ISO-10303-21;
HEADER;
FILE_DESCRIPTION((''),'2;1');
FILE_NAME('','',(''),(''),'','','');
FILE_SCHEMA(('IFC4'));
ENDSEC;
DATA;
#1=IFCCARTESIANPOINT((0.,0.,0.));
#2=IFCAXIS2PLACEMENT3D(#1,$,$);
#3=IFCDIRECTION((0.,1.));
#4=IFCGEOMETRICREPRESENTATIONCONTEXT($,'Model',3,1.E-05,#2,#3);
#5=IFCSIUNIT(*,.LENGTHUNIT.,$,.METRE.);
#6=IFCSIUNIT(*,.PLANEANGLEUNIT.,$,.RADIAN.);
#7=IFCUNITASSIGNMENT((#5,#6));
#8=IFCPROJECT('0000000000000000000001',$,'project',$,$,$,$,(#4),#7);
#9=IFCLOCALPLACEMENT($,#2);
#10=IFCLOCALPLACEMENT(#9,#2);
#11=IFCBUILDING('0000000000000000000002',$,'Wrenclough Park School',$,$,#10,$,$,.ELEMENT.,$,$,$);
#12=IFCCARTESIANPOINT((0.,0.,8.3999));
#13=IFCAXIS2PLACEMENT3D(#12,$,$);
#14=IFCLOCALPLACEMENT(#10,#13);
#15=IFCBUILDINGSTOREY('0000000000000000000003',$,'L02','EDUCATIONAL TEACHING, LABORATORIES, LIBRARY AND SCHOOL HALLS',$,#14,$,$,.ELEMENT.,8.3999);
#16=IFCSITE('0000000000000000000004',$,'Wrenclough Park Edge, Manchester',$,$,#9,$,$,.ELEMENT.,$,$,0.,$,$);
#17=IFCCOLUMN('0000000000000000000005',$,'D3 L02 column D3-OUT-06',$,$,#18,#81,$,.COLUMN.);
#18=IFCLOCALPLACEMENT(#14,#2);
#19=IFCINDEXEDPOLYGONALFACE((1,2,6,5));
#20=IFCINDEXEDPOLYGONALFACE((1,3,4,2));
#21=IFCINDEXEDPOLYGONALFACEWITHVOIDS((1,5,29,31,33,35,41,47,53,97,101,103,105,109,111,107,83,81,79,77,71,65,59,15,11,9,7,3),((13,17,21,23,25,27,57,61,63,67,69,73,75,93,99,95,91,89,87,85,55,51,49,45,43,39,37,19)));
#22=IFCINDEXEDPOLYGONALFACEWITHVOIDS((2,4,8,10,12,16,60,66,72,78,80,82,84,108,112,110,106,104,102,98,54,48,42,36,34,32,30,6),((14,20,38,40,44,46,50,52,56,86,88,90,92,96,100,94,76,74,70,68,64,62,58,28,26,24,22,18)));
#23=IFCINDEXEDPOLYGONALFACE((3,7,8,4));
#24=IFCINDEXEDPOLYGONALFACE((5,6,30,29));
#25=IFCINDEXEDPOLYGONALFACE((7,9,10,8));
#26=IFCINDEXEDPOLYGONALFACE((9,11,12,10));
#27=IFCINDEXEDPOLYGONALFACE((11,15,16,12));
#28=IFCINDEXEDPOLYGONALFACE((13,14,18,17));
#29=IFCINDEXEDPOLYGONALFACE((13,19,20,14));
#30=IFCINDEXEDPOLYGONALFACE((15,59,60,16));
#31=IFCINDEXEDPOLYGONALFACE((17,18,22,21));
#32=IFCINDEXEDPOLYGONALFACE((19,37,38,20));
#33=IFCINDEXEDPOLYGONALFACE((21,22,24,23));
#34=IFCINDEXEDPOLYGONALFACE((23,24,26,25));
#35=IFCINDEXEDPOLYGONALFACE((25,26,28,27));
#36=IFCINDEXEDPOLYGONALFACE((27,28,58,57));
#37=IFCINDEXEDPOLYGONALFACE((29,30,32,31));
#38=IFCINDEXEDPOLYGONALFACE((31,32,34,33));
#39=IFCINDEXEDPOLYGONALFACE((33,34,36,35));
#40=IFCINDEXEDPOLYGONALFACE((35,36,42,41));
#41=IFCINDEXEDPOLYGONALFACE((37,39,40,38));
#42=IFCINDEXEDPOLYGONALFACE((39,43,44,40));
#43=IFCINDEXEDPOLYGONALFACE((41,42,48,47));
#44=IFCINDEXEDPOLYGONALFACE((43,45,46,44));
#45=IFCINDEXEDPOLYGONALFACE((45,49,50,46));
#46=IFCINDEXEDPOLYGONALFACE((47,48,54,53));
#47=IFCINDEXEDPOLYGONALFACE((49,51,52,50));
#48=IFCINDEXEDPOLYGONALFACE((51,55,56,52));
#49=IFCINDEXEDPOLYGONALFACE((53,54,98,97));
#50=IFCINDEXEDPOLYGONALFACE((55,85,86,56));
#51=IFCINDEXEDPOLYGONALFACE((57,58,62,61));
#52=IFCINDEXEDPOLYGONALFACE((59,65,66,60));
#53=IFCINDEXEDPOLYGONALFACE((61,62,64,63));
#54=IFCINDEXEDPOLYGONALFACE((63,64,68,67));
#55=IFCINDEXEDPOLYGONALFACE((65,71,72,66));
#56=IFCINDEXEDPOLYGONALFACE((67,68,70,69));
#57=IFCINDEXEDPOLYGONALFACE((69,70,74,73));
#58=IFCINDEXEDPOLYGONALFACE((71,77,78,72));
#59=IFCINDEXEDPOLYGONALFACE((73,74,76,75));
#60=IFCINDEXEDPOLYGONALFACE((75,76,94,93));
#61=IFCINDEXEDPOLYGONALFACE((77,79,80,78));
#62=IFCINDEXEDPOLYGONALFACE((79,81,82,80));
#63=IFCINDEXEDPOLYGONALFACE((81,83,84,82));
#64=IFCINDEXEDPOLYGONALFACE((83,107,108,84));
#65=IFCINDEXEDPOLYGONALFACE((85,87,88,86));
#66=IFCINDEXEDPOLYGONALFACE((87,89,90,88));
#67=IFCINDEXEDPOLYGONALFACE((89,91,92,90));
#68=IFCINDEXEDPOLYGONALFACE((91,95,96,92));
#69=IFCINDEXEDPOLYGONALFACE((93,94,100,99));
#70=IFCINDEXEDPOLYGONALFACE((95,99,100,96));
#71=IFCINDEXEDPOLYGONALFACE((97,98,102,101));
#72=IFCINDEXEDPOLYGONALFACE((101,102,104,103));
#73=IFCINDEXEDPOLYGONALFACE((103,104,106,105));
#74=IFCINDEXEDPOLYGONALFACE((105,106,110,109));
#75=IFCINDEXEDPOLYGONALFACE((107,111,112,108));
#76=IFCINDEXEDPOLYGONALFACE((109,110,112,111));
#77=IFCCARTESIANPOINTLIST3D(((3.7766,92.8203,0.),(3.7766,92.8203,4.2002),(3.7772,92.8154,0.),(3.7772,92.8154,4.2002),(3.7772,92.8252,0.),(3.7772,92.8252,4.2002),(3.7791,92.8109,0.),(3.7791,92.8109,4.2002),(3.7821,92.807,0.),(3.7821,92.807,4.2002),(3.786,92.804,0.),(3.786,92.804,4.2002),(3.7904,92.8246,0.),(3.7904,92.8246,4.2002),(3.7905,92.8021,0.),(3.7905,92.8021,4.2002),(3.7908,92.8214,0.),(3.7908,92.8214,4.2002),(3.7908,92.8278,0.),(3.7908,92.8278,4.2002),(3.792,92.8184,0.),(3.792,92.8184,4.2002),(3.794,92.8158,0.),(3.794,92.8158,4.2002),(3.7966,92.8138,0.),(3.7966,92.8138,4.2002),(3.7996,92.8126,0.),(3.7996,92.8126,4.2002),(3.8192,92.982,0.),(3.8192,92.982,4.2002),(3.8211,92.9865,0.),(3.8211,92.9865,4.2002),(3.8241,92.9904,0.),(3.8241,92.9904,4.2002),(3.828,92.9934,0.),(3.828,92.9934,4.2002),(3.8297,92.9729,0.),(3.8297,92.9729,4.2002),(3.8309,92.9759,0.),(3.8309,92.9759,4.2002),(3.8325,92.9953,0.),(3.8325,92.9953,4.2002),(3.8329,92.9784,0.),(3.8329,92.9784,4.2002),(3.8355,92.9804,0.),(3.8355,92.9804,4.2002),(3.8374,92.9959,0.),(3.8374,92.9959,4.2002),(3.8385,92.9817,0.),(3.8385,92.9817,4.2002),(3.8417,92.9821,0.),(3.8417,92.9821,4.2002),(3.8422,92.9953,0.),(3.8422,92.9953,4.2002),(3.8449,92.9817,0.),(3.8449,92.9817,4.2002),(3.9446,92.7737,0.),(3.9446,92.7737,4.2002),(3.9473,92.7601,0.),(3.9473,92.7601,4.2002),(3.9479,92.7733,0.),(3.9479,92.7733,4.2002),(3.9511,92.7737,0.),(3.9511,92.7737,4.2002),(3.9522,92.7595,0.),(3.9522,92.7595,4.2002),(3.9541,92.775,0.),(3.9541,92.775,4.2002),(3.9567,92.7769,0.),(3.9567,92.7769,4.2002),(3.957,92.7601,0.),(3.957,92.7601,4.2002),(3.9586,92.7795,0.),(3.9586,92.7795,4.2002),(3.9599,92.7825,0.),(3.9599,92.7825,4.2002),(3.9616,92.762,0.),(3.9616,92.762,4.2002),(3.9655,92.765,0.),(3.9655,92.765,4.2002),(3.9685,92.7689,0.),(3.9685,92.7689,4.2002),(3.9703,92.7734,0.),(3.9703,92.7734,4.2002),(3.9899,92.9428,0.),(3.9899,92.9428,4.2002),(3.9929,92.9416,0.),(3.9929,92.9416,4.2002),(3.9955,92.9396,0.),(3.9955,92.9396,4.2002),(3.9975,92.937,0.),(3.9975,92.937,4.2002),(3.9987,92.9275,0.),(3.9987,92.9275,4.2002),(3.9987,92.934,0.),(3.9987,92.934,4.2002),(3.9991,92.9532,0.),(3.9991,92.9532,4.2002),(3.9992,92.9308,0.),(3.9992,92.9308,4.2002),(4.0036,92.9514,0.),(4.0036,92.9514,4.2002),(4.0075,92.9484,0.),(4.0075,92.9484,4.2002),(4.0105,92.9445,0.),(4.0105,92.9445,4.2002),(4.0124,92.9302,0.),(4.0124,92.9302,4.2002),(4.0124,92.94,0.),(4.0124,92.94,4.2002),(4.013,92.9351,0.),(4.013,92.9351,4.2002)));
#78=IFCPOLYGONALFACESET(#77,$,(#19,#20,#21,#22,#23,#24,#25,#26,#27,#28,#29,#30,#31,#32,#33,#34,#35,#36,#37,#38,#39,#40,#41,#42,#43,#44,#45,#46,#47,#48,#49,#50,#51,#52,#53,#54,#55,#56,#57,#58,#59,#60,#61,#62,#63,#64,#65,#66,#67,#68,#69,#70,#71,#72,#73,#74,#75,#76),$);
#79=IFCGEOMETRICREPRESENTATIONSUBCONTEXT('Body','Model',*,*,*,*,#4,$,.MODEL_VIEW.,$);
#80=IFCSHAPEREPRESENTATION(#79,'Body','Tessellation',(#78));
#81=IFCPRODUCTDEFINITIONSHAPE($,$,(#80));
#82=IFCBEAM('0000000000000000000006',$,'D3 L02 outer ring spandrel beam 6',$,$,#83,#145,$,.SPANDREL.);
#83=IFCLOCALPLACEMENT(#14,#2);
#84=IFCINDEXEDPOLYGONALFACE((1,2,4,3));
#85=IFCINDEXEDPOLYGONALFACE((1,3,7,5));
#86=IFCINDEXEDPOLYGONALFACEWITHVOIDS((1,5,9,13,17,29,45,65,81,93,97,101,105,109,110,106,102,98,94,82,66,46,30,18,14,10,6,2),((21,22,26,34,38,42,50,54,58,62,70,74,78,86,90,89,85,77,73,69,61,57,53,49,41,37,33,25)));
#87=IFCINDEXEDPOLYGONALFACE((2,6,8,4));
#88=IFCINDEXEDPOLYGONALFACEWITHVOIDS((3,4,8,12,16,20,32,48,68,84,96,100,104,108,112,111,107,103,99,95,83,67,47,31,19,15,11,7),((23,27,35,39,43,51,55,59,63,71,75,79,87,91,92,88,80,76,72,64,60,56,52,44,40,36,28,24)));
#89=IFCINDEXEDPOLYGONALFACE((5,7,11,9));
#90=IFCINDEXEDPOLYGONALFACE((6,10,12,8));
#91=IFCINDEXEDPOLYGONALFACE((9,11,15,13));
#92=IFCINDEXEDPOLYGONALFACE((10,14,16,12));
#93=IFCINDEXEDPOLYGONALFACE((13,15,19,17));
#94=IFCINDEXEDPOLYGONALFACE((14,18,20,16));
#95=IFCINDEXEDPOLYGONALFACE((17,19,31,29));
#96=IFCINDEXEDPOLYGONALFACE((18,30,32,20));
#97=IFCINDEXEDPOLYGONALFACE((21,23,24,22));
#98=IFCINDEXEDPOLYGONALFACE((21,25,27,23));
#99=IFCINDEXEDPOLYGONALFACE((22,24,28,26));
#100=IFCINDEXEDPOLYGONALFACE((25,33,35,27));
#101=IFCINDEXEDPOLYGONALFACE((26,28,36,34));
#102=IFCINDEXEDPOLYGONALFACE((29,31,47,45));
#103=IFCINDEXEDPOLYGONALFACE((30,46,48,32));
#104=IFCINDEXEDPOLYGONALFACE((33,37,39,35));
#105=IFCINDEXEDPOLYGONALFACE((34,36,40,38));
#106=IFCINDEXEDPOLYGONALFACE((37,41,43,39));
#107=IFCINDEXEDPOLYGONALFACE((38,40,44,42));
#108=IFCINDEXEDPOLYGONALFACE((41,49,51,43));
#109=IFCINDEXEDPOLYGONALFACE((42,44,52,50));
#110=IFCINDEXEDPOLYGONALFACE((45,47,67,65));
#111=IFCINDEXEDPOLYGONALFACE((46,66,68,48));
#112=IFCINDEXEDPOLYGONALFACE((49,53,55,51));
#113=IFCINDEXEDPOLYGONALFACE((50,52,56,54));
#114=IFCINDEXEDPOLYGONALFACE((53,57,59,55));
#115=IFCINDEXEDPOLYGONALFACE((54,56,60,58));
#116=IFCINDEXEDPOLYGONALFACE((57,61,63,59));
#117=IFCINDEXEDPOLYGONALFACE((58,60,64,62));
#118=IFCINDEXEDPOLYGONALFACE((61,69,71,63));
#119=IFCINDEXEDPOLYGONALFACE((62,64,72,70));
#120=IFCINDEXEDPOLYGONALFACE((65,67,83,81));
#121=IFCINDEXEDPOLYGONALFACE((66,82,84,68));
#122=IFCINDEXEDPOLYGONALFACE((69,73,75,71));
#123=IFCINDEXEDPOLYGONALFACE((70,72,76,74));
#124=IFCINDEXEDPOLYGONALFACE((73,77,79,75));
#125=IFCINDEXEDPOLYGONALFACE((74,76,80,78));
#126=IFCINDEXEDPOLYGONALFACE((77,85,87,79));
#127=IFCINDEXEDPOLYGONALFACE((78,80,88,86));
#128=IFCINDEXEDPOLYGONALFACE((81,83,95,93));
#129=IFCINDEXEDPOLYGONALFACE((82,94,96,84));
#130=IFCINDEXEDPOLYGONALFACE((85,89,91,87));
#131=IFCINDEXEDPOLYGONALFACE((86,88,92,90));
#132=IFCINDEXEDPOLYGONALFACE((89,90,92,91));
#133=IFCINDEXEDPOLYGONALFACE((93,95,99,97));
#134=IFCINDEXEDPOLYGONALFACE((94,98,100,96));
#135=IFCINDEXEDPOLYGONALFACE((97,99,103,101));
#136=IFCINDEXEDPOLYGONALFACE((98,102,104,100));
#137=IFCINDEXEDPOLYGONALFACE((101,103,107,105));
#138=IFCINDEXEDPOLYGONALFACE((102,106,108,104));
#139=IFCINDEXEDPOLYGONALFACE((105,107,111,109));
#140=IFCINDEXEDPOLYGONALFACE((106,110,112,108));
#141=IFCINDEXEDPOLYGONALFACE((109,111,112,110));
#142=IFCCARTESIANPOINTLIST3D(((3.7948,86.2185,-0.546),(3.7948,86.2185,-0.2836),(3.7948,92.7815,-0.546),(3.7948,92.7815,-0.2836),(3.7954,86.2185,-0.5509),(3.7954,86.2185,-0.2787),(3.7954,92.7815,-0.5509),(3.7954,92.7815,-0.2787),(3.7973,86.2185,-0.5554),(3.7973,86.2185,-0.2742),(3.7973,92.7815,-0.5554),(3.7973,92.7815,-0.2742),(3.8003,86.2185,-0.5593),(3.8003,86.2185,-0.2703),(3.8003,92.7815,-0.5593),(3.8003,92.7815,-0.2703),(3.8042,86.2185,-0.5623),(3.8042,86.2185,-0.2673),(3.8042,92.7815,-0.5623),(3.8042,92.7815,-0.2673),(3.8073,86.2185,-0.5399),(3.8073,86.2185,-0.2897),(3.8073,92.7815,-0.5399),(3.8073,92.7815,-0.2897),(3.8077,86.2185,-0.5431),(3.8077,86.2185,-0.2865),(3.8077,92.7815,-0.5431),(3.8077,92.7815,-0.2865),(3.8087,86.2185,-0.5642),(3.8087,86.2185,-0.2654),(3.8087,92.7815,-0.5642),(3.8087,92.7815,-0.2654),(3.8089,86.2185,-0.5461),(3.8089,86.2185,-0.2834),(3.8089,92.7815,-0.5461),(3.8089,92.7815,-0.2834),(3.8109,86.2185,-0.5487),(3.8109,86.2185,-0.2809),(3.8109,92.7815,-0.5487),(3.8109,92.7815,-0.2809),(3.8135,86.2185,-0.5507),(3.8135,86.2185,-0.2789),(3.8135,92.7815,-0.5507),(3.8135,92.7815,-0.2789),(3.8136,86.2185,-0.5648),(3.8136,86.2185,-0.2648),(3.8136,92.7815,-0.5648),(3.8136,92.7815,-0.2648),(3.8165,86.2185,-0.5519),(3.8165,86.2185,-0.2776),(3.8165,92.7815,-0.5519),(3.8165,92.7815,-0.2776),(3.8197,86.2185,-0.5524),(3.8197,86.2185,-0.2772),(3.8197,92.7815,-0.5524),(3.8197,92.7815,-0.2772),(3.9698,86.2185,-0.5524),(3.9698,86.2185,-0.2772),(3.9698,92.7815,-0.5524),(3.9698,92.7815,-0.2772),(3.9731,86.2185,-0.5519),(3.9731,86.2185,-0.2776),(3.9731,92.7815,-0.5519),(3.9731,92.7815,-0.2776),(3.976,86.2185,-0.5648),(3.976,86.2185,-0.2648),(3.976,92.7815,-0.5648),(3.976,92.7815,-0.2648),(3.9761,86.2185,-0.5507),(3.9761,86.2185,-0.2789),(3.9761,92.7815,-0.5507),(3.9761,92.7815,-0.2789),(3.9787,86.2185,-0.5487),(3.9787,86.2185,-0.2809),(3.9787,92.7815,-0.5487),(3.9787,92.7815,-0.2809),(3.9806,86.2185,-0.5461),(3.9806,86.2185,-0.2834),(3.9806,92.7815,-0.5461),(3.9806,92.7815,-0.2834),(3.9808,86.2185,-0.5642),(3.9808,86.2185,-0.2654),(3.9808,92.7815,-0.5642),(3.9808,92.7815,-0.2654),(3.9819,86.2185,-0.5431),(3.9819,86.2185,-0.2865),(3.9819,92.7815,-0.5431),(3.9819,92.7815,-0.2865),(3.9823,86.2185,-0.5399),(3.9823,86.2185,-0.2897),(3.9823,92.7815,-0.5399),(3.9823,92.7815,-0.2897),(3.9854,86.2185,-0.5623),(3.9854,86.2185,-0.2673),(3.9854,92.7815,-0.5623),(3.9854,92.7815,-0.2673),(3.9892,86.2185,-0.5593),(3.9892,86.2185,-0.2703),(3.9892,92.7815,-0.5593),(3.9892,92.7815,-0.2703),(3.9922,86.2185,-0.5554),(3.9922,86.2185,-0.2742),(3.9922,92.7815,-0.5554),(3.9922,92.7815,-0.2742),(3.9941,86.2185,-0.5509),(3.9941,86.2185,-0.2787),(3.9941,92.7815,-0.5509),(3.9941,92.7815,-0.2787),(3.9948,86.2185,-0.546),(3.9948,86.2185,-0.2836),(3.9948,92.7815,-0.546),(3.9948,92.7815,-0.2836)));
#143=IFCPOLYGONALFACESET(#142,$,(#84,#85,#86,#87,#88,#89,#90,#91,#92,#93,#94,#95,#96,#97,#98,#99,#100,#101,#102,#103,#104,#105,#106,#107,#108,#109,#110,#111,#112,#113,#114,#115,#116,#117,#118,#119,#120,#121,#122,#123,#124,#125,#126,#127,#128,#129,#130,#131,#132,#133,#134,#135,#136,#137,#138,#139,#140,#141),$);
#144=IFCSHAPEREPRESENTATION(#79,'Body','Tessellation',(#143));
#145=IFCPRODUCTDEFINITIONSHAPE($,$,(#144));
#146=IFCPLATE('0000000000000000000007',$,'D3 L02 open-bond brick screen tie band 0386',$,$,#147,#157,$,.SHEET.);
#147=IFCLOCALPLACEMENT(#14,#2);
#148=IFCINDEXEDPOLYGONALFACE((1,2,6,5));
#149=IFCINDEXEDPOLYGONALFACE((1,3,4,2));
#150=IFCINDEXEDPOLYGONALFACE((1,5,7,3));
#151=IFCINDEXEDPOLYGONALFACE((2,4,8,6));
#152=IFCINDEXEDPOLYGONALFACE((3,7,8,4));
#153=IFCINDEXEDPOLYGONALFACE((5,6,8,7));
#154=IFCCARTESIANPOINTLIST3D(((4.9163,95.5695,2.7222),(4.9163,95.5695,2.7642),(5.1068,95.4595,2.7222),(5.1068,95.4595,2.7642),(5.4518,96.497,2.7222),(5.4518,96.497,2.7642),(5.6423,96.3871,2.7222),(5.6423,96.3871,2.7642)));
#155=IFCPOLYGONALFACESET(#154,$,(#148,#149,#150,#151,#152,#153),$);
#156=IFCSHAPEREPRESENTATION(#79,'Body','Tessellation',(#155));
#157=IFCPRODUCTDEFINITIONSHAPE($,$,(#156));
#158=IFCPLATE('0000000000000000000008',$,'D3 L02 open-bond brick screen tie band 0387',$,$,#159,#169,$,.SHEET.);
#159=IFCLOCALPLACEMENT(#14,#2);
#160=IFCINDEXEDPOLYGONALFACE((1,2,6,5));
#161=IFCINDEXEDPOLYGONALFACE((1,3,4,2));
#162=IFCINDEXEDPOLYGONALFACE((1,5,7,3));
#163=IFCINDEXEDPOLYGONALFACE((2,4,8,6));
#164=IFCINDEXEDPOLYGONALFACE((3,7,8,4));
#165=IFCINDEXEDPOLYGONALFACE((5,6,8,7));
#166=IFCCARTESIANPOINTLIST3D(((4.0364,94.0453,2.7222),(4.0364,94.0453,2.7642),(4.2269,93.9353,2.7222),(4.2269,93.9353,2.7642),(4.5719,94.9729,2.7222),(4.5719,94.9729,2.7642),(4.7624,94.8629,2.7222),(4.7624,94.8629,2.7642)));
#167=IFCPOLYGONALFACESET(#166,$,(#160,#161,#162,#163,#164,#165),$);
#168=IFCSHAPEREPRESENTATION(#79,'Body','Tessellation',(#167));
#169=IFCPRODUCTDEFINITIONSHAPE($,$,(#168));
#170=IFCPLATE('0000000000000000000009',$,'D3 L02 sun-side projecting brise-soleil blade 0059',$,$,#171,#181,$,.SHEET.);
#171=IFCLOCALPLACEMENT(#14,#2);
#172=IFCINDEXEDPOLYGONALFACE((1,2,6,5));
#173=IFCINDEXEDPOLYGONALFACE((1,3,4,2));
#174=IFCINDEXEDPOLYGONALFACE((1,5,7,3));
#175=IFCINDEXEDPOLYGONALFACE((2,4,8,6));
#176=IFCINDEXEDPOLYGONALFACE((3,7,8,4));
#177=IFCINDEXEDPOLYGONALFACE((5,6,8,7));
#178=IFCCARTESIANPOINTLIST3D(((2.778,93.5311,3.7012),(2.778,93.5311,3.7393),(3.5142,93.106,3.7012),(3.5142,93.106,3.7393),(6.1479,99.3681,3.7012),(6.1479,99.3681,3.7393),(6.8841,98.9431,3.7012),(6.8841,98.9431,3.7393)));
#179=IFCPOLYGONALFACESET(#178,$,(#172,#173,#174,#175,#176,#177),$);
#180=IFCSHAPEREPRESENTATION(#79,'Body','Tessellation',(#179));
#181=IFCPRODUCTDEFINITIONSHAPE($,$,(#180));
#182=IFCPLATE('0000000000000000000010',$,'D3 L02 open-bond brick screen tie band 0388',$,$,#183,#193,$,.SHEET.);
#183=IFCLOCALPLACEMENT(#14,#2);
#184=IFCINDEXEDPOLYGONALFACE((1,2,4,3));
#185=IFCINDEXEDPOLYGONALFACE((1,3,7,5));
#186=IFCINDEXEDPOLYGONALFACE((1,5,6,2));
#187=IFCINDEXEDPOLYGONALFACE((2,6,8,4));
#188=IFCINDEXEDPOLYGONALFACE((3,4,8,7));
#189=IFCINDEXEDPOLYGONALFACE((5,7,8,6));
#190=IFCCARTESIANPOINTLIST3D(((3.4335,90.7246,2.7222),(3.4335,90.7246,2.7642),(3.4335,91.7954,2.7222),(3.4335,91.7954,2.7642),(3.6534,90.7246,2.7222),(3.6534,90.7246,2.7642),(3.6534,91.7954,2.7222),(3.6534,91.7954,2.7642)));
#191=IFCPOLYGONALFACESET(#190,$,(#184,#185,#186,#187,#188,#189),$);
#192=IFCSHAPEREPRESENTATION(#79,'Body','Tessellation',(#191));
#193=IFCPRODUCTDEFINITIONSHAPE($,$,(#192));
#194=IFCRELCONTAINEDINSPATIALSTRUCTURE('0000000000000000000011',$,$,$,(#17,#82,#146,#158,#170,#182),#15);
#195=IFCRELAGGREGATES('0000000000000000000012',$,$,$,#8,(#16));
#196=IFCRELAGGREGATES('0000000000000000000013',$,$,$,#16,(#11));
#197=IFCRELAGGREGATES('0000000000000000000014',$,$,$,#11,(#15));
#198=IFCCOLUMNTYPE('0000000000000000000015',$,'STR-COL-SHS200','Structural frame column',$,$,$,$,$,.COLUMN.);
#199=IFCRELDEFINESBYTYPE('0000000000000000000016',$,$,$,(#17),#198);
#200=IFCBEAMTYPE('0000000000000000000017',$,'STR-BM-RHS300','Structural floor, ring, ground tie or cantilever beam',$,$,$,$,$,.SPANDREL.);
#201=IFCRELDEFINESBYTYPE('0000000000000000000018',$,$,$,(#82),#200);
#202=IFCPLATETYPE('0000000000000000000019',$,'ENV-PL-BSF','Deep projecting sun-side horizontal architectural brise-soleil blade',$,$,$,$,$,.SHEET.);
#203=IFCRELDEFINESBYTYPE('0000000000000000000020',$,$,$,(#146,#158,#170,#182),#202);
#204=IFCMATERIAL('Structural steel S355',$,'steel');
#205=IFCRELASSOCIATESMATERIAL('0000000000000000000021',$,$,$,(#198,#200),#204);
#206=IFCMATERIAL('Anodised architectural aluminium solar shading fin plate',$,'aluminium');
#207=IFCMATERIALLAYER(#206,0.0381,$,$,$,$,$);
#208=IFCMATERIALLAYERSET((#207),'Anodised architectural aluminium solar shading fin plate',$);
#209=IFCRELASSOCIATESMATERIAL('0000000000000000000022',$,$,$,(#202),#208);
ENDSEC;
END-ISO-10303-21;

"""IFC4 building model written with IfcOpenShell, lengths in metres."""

from ifc_helpers import new_model, si_unit, direction, frame, origin, origin_2d, place, context, subcontext, project, spatial, rectangle, hollow_rectangle, extrude, material, layer, layer_set, material_profile, profile_set, type_object, element, save


model = new_model("IFC4")

# Units and contexts
model_context = context("Model", 3, precision=1e-05, world=origin(), true_north=direction((0.0, 1.0)))
body_context = subcontext(model_context, "Body", "Model", "MODEL_VIEW")
ifc_project = project(units=[si_unit("LENGTHUNIT", "METRE"), si_unit("PLANEANGLEUNIT", "RADIAN")], contexts=[model_context])

# Site, building, storey
site_placement = place(None, origin())
site = spatial("IfcSite", under=ifc_project, at=site_placement, Name="Wrenclough Park Edge, Manchester", CompositionType="ELEMENT", RefElevation=0.0)
building_placement = place(site_placement, origin())
building = spatial("IfcBuilding", under=site, at=building_placement, Name="Wrenclough Park School", CompositionType="ELEMENT")
storey_placement = place(building_placement, frame((0.0, 0.0, 8.3999)))
storey = spatial("IfcBuildingStorey", under=building, at=storey_placement, Name="L02", Description="EDUCATIONAL TEACHING, LABORATORIES, LIBRARY AND SCHOOL HALLS", CompositionType="ELEMENT", Elevation=8.3999)

# Column
ifc_material_1 = material(Name="Structural steel S355", Category="steel")
ifc_material_profile_1 = material_profile(ifc_material_1, hollow_rectangle(XDim=0.2, YDim=0.2, WallThickness=0.0125, InnerFilletRadius=0.0125, OuterFilletRadius=0.0188, at=origin_2d()), Name="SHS 200x200x12.5")
ifc_profile_set_1 = profile_set([ifc_material_profile_1], Name="Structural steel S355")
column_type = type_object("IfcColumnType", Name="STR-COL-SHS200", Description="Structural frame column", PredefinedType="COLUMN", material=ifc_profile_set_1)
column_placement = place(storey_placement, frame((3.8948, 92.8777, 0.0), z_axis=(0.0, 0.0, 1.0), x_axis=(-0.258819, -0.965926, 0.0)))
element("IfcColumn", 1, at=column_placement, inside=storey, type_object=column_type, Name="D3 L02 column D3-OUT-06", PredefinedType="COLUMN", context=body_context, shape_type="SweptSolid", body=[
    extrude(hollow_rectangle(XDim=0.2, YDim=0.2, WallThickness=0.0125, InnerFilletRadius=0.0125, OuterFilletRadius=0.0188, at=origin_2d()), origin(), (0.0, 0.0, 1.0), 4.2002),
])

# Beam
ifc_material_profile_2 = material_profile(ifc_material_1, hollow_rectangle(XDim=0.2, YDim=0.3, WallThickness=0.0125, InnerFilletRadius=0.0125, OuterFilletRadius=0.0188, at=origin_2d()), Name="RHS 300x200x12.5")
ifc_profile_set_2 = profile_set([ifc_material_profile_2], Name="Structural steel S355")
beam_type = type_object("IfcBeamType", Name="STR-BM-RHS300", Description="Structural floor, ring, ground tie or cantilever beam", PredefinedType="SPANDREL", material=ifc_profile_set_2)
beam_placement = place(storey_placement, frame((3.8948, 92.7815, -0.4148), z_axis=(0.0, -1.0, 0.0), x_axis=(1.0, 0.0, 0.0)))
element("IfcBeam", 2, at=beam_placement, inside=storey, type_object=beam_type, Name="D3 L02 outer ring spandrel beam 6", PredefinedType="SPANDREL", context=body_context, shape_type="SweptSolid", body=[
    extrude(hollow_rectangle(XDim=0.2, YDim=0.3, WallThickness=0.0125, InnerFilletRadius=0.0125, OuterFilletRadius=0.0188, at=origin_2d()), origin(), (0.0, 0.0, 1.0), 6.563),
])

# Plates
ifc_material_2 = material(Name="Anodised architectural aluminium solar shading fin plate", Category="aluminium")
ifc_layer_1 = layer(ifc_material_2, 0.0381)
ifc_layer_set_1 = layer_set([ifc_layer_1], Name="Anodised architectural aluminium solar shading fin plate")
plate_type = type_object("IfcPlateType", Name="ENV-PL-BSF", Description="Deep projecting sun-side horizontal architectural brise-soleil blade", PredefinedType="SHEET", material=ifc_layer_set_1)
for number, where, z_axis, x_axis, name in (
    (3, (5.2793, 95.9783, 2.7222), (0.0, 0.0, 1.0), (-0.499991, -0.866031, 0.0), "D3 L02 open-bond brick screen tie band 0386"),
    (4, (4.3994, 94.4541, 2.7222), (0.0, 0.0, 1.0), (-0.499991, -0.866031, 0.0), "D3 L02 open-bond brick screen tie band 0387"),
):
    element("IfcPlate", number, at=place(storey_placement, frame(where, z_axis=z_axis, x_axis=x_axis)), inside=storey, type_object=plate_type, Name=name, PredefinedType="SHEET", context=body_context, shape_type="SweptSolid", body=[
        extrude(rectangle(XDim=1.071, YDim=0.22, at=origin_2d()), origin(), (0.0, 0.0, 1.0), 0.042),
    ])
plate_1_placement = place(storey_placement, frame((4.8311, 96.2371, 3.7012), z_axis=(0.0, 0.0, 1.0), x_axis=(-0.499991, -0.866031, 0.0)))
element("IfcPlate", 5, at=plate_1_placement, inside=storey, type_object=plate_type, Name="D3 L02 sun-side projecting brise-soleil blade 0059", PredefinedType="SHEET", context=body_context, shape_type="SweptSolid", body=[
    extrude(rectangle(XDim=6.74, YDim=0.8501, at=origin_2d()), origin(), (0.0, 0.0, 1.0), 0.0381),
])
plate_2_placement = place(storey_placement, frame((3.5435, 91.26, 2.7222), z_axis=(0.0, 0.0, 1.0), x_axis=(0.0, -1.0, 0.0)))
element("IfcPlate", 6, at=plate_2_placement, inside=storey, type_object=plate_type, Name="D3 L02 open-bond brick screen tie band 0388", PredefinedType="SHEET", context=body_context, shape_type="SweptSolid", body=[
    extrude(rectangle(XDim=1.0708, YDim=0.22, at=origin_2d()), origin(), (0.0, 0.0, 1.0), 0.042),
])

save(model, "model.ifc")
